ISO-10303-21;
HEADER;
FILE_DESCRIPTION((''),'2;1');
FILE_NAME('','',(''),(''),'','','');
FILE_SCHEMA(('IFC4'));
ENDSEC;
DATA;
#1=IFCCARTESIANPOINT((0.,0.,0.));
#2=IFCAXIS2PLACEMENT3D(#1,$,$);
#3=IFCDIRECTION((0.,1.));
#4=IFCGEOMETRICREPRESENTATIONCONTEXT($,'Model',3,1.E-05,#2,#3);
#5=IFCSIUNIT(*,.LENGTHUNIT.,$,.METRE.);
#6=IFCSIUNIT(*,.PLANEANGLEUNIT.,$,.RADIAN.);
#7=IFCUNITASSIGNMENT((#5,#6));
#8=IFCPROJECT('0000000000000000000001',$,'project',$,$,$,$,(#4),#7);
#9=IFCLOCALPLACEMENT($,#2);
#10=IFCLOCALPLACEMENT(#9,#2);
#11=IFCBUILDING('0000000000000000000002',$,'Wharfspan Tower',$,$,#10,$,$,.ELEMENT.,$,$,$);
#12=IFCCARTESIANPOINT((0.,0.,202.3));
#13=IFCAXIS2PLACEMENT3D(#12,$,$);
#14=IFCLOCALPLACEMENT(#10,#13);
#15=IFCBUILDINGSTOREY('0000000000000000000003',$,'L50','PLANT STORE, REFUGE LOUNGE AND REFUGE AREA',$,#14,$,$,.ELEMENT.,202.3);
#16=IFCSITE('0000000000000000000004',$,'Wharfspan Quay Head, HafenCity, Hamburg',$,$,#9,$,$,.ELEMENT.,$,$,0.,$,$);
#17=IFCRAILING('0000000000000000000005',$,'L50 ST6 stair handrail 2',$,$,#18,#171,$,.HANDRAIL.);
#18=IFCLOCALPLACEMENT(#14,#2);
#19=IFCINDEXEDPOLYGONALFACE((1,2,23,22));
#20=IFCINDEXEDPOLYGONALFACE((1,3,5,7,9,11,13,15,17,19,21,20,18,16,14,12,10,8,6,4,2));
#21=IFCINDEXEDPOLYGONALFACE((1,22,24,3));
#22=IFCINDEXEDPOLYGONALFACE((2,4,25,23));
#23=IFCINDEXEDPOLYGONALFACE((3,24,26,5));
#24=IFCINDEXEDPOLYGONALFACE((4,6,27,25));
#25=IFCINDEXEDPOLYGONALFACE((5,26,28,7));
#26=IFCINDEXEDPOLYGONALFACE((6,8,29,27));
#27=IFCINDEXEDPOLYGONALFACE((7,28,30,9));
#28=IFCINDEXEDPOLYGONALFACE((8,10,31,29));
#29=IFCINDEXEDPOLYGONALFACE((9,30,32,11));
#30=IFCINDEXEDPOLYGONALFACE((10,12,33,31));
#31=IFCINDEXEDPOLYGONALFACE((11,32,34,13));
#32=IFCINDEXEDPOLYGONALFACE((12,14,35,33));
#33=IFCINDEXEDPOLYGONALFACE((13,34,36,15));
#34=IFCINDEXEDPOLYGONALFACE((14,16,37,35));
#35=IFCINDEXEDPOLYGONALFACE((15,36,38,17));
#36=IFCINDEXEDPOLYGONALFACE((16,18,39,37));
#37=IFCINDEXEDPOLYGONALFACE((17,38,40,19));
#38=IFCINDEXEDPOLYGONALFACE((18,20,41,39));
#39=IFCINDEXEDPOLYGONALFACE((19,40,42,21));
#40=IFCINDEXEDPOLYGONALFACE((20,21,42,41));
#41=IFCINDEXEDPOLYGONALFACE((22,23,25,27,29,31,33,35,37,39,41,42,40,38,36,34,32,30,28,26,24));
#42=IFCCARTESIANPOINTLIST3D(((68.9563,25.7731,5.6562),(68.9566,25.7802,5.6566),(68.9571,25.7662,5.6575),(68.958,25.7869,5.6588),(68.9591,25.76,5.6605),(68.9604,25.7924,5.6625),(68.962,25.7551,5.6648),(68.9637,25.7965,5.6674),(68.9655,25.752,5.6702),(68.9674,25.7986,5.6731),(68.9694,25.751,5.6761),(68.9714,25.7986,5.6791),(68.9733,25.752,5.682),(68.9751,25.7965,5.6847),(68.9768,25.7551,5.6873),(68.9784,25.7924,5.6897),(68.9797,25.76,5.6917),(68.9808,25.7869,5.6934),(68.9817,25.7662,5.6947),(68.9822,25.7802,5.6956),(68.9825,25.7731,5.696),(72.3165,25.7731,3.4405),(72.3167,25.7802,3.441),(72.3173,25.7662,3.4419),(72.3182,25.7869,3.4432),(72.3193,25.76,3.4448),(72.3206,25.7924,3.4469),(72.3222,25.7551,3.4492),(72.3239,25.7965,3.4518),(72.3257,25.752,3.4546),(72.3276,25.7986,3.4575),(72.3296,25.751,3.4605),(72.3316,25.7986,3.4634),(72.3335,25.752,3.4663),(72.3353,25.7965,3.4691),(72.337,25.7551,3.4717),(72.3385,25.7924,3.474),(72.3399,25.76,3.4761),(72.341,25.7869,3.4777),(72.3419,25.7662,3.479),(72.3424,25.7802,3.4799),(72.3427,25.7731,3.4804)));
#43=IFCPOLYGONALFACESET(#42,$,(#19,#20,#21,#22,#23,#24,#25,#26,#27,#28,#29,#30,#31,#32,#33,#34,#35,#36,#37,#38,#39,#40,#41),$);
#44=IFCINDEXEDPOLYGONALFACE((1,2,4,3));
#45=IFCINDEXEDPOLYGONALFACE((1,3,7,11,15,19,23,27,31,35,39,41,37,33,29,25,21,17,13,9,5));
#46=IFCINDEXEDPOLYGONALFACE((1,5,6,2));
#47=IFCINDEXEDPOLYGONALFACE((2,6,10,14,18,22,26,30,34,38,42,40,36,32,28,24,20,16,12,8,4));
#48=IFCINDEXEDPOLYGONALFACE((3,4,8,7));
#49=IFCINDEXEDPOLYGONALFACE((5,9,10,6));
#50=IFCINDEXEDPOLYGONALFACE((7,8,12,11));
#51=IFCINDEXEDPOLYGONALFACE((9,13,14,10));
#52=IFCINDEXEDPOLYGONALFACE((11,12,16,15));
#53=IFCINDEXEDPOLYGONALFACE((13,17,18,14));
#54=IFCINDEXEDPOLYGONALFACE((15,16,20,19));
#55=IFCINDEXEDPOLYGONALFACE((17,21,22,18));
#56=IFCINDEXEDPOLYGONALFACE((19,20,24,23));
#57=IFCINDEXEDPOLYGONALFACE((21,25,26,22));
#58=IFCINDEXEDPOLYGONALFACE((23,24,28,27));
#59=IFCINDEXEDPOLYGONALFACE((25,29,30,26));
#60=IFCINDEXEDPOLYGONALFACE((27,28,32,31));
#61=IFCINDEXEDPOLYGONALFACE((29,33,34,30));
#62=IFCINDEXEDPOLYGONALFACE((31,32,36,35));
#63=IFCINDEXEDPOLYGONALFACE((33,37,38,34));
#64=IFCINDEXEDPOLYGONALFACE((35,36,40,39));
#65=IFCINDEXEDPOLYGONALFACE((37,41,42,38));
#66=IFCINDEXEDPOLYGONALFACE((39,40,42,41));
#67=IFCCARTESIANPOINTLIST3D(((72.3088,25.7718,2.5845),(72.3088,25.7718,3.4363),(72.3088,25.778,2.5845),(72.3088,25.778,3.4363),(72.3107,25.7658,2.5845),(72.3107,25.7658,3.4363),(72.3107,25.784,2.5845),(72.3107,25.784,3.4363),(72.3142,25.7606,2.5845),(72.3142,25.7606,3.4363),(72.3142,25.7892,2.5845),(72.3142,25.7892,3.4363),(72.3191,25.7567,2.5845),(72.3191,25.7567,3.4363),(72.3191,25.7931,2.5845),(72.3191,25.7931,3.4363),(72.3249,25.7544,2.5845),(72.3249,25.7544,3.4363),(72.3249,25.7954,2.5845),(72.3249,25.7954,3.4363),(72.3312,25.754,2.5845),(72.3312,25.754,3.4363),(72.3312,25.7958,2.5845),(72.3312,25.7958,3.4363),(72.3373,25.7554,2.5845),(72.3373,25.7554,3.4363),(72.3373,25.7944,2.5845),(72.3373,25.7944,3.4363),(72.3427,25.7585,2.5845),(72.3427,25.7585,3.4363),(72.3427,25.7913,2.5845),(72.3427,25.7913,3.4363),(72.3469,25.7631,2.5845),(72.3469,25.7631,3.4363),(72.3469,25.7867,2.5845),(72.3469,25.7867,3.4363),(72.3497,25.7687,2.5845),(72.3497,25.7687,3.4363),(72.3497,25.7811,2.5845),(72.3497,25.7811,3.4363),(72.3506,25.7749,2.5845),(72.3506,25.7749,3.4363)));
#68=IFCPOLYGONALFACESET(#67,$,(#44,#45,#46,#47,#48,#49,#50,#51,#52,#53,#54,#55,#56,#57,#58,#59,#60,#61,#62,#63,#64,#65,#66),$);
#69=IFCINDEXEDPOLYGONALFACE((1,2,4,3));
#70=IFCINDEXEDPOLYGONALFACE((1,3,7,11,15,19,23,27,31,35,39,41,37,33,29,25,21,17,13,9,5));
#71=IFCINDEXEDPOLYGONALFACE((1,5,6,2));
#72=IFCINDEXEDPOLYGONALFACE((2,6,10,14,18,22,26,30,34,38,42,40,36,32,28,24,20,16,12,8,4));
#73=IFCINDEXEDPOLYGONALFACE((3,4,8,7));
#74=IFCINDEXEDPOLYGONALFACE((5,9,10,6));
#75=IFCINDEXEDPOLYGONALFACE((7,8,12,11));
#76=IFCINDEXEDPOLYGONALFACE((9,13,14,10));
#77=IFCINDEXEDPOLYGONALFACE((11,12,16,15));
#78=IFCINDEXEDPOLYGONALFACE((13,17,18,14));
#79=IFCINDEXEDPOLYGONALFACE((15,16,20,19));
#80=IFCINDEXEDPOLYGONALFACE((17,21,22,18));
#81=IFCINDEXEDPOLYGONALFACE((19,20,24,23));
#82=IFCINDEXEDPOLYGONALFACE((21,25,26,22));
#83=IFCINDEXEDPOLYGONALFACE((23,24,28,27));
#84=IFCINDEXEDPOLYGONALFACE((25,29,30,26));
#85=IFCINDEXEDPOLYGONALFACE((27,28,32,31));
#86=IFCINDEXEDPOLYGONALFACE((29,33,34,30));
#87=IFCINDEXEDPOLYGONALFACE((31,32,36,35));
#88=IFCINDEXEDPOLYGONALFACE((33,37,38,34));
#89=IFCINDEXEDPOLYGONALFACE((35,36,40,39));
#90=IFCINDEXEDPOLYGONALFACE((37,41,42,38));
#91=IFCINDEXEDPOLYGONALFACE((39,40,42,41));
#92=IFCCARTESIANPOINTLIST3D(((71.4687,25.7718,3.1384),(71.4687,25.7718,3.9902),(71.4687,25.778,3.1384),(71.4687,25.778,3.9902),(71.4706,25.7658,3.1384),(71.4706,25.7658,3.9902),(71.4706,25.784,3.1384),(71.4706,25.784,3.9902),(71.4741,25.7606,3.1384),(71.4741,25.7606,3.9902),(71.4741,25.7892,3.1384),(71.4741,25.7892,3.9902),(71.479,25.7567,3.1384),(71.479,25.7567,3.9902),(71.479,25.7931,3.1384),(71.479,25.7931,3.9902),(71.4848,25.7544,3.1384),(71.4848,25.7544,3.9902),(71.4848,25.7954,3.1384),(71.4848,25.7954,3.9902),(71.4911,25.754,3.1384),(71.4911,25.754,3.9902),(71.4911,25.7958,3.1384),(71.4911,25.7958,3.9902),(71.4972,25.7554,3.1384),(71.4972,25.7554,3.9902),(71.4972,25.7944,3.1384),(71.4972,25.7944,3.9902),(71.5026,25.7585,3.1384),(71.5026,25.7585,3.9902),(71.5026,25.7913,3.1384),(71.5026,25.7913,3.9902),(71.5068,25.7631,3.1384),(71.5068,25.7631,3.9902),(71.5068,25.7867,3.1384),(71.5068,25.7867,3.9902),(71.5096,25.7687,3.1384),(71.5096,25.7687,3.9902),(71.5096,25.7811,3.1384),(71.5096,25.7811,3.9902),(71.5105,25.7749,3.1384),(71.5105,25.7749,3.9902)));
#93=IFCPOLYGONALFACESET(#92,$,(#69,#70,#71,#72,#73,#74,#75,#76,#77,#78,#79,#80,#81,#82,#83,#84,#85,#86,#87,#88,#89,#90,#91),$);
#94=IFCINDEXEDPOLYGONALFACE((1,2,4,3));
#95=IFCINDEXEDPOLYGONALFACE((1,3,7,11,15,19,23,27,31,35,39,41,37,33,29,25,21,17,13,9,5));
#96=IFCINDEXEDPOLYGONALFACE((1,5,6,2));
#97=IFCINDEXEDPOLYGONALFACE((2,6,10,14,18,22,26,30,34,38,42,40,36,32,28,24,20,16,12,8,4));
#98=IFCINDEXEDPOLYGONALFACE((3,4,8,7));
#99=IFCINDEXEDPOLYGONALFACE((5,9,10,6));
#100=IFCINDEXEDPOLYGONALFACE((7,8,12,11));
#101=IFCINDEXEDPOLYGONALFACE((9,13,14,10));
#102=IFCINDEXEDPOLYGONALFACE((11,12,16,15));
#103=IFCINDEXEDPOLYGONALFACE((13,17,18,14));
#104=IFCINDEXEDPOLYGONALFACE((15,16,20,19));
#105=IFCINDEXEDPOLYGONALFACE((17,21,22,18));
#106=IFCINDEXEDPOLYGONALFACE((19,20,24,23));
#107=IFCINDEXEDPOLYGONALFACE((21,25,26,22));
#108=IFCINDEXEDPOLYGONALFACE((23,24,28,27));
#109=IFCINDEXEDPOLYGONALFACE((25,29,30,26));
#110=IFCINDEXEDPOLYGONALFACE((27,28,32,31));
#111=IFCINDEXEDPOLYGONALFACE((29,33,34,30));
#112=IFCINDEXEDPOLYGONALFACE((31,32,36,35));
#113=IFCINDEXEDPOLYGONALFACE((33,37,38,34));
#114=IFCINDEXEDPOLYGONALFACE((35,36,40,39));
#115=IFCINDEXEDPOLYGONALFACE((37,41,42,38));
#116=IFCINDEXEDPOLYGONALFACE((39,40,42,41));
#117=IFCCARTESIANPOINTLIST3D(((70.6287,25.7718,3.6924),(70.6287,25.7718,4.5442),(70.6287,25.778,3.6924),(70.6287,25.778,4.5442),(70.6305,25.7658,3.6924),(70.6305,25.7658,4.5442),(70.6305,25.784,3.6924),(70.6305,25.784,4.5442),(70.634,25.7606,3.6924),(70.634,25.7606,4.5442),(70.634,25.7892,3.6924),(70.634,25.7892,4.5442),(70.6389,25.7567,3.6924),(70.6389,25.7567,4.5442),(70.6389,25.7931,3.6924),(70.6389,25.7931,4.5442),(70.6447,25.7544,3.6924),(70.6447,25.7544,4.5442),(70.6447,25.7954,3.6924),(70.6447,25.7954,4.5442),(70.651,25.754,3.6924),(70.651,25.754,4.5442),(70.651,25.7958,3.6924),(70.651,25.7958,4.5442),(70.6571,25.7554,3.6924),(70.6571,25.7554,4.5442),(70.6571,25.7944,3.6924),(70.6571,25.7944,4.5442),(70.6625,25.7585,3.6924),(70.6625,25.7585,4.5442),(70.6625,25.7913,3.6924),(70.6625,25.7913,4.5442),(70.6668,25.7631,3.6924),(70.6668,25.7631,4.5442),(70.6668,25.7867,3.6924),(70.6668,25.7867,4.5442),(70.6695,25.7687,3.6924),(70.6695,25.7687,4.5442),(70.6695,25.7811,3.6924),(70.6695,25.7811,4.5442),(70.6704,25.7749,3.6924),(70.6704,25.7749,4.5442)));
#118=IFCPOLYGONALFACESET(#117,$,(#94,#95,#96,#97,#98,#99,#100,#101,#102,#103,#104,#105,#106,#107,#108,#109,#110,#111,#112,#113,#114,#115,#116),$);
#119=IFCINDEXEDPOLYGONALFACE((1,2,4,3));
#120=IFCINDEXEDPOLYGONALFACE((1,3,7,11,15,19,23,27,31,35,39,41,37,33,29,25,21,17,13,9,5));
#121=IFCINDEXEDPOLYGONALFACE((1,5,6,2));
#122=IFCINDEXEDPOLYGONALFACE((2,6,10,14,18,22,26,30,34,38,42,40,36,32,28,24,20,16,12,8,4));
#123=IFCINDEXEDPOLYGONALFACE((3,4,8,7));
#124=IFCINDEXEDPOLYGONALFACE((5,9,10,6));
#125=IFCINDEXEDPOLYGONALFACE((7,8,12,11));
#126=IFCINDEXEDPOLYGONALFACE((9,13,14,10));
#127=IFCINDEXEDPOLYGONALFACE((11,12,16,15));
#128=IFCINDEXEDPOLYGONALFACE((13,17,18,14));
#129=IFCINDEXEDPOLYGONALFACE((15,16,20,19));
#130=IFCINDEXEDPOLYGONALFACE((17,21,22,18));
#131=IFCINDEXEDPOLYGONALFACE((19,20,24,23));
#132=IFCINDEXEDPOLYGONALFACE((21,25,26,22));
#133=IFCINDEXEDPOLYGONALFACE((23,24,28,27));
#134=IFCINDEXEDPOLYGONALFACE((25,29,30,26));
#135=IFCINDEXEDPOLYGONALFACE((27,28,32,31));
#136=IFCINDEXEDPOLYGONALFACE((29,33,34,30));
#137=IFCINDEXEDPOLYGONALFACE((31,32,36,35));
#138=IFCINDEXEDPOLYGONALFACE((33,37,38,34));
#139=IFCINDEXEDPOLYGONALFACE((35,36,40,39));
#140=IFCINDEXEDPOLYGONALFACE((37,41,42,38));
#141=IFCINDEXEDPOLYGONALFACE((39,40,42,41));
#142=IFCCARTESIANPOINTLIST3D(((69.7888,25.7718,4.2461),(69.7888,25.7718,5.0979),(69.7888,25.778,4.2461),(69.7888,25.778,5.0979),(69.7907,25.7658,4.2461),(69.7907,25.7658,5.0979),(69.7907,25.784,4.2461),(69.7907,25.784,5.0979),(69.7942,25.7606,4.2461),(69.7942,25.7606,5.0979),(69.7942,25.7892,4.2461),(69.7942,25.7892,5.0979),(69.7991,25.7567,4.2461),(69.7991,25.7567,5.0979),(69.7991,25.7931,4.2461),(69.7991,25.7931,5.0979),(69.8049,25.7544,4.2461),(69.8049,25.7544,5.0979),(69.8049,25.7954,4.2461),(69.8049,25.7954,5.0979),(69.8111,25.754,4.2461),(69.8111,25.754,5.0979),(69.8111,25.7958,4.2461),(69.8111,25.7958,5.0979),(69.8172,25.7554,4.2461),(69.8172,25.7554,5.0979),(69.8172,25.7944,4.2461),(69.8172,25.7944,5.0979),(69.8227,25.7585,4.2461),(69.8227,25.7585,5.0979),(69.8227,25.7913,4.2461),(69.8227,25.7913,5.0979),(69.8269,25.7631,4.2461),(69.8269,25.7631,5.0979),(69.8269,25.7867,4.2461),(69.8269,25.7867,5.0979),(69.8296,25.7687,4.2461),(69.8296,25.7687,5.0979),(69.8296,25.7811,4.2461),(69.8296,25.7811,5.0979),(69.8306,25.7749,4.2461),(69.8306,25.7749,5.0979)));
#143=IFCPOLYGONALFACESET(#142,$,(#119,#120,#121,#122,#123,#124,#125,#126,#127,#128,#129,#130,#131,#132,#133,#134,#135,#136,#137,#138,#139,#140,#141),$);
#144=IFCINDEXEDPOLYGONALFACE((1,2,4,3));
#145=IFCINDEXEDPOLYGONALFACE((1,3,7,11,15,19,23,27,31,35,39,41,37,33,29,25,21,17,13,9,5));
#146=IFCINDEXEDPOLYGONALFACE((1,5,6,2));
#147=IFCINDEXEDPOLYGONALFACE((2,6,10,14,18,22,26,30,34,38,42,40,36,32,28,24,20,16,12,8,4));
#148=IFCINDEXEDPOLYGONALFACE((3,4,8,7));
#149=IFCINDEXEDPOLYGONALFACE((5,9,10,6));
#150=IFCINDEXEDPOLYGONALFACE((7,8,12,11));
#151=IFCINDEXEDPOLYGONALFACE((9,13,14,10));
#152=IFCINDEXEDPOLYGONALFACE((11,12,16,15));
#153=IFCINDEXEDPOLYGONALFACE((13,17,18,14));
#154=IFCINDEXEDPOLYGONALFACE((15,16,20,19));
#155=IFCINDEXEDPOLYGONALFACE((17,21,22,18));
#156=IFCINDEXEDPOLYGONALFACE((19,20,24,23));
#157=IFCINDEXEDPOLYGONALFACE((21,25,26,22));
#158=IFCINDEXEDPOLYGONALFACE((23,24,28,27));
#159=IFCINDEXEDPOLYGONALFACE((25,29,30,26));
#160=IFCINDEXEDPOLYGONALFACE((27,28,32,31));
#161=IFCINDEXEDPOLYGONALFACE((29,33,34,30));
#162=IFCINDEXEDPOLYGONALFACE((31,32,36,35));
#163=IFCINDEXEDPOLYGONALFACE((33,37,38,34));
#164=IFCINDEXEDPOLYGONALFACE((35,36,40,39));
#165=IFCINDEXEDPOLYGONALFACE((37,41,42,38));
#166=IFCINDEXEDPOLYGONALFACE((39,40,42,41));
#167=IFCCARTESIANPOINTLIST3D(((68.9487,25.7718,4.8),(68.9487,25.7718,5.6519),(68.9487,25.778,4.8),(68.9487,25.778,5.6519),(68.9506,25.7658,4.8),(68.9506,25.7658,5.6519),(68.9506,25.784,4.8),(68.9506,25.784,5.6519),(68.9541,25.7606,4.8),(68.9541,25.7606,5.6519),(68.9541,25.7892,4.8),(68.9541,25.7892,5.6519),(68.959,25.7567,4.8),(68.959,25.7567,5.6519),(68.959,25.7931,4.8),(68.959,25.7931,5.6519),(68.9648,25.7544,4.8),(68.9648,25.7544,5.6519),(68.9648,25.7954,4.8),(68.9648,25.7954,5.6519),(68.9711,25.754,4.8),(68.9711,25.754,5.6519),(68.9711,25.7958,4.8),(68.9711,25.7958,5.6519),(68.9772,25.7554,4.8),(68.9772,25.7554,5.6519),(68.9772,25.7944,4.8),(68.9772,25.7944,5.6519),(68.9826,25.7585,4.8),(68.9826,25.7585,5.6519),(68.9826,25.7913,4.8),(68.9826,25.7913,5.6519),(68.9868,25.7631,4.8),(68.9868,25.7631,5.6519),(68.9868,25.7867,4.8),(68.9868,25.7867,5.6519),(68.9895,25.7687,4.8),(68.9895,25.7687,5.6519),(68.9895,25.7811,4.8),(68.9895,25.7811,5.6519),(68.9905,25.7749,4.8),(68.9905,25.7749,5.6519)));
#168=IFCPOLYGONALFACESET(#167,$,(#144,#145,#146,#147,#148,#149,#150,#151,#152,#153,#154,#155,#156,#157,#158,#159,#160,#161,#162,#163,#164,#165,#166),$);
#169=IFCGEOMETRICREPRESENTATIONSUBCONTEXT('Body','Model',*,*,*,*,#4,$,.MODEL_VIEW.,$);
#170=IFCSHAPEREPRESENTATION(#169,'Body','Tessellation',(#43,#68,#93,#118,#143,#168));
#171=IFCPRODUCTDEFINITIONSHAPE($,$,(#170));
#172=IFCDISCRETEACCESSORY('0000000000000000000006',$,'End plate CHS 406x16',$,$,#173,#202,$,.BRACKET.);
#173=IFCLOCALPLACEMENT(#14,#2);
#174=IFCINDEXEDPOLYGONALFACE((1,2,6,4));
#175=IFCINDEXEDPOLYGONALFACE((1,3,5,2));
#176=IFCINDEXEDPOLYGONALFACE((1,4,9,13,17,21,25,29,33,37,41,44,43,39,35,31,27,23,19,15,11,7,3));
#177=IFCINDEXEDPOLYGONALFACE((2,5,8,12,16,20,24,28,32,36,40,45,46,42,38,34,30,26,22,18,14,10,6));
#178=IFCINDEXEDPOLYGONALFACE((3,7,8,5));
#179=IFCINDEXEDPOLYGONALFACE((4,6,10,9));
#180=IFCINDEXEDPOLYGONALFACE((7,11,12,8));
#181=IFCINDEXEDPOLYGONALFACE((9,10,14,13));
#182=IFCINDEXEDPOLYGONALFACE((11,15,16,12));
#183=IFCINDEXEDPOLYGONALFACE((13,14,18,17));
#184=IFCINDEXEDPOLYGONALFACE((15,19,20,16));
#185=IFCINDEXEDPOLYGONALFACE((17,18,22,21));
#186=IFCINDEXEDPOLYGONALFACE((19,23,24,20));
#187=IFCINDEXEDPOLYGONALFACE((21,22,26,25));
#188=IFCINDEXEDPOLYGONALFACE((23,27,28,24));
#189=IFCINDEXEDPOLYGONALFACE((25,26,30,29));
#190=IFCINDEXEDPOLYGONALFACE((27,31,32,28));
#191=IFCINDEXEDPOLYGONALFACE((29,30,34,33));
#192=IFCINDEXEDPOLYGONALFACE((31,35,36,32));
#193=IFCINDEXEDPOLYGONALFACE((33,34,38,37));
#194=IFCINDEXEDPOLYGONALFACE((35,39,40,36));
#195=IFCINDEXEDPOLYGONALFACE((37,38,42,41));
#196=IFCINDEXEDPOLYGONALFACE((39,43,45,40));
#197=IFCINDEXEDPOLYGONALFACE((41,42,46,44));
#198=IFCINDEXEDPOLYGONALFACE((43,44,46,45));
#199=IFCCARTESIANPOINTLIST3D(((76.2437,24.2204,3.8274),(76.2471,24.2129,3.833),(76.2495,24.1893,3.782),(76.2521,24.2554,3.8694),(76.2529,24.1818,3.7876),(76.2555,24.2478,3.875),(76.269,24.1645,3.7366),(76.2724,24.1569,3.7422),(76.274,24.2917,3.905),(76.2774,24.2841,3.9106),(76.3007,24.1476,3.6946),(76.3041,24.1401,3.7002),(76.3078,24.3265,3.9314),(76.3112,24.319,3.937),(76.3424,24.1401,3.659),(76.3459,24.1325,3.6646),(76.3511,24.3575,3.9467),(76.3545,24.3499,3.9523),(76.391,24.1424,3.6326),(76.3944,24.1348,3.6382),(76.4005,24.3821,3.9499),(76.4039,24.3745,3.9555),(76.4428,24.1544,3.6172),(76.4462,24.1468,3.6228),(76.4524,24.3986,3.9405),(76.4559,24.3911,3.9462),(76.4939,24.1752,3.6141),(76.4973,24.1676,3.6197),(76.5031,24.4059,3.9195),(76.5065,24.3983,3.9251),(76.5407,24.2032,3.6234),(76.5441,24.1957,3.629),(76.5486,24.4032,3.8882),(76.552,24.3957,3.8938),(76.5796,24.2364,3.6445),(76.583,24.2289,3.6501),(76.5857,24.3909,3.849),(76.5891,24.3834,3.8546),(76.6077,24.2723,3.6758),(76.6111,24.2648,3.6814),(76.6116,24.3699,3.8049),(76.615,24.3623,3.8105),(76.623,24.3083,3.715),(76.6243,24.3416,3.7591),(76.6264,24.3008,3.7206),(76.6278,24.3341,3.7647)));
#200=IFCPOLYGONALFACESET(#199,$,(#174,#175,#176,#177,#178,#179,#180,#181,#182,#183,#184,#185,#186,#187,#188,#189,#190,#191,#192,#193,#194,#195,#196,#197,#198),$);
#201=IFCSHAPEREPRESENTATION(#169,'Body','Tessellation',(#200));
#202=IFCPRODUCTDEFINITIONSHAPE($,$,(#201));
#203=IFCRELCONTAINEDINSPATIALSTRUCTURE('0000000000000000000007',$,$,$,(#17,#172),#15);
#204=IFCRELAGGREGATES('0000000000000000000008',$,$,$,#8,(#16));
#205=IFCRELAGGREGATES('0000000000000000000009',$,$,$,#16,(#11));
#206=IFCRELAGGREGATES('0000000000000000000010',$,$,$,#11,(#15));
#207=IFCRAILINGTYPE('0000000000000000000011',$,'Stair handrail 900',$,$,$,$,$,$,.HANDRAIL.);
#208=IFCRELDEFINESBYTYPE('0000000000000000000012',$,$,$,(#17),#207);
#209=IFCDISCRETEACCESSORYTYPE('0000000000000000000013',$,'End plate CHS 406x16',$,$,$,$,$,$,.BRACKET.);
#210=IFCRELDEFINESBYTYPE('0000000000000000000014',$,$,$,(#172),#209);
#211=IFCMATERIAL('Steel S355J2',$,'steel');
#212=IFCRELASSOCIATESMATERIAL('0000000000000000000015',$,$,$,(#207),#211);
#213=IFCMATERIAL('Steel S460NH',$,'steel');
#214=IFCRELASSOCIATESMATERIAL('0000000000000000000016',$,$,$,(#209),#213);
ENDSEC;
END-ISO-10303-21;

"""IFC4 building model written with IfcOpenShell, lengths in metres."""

from ifc_helpers import new_model, si_unit, direction, frame, origin, origin_2d, place, context, subcontext, project, spatial, circle, extrude, material, material_profile, profile_set, type_object, element, save


model = new_model("IFC4")

# Units and contexts
model_context = context("Model", 3, precision=1e-05, world=origin(), true_north=direction((0.0, 1.0)))
body_context = subcontext(model_context, "Body", "Model", "MODEL_VIEW")
ifc_project = project(units=[si_unit("LENGTHUNIT", "METRE"), si_unit("PLANEANGLEUNIT", "RADIAN")], contexts=[model_context])

# Site, building, storey
site_placement = place(None, origin())
site = spatial("IfcSite", under=ifc_project, at=site_placement, Name="Wharfspan Quay Head, HafenCity, Hamburg", CompositionType="ELEMENT", RefElevation=0.0)
building_placement = place(site_placement, origin())
building = spatial("IfcBuilding", under=site, at=building_placement, Name="Wharfspan Tower", CompositionType="ELEMENT")
storey_placement = place(building_placement, frame((0.0, 0.0, 202.3)))
storey = spatial("IfcBuildingStorey", under=building, at=storey_placement, Name="L50", Description="PLANT STORE, REFUGE LOUNGE AND REFUGE AREA", CompositionType="ELEMENT", Elevation=202.3)

# Shared definitions
ifc_material_1 = material(Name="Steel S355J2", Category="steel")

# Shared definitions
ifc_material_2 = material(Name="Steel S460NH", Category="steel")

# Railing
railing_type_1 = type_object("IfcRailingType", Name="Stair handrail 900", PredefinedType="HANDRAIL", material=ifc_material_1)
railing_1_placement = place(storey_placement, frame((72.3296, 25.7749, 2.5845)))
element("IfcRailing", 1, at=railing_1_placement, inside=storey, type_object=railing_type_1, Name="L50 ST6 stair handrail 2", PredefinedType="HANDRAIL", context=body_context, shape_type="SweptSolid", body=[
    extrude(circle(Radius=0.0239, at=origin_2d()), frame((0.0, 0.0, 0.876), z_axis=(-0.834849, 0.0, 0.55048), x_axis=(0.0, -1.0, 0.0)), (0.0, 0.0, 1.0), 4.0249),
    extrude(circle(Radius=0.021, at=origin_2d()), origin(), (0.0, 0.0, 1.0), 0.8518),
    extrude(circle(Radius=0.021, at=origin_2d()), frame((-0.8401, 0.0, 0.554)), (0.0, 0.0, 1.0), 0.8518),
    extrude(circle(Radius=0.021, at=origin_2d()), frame((-1.6802, 0.0, 1.1079)), (0.0, 0.0, 1.0), 0.8518),
    extrude(circle(Radius=0.021, at=origin_2d()), frame((-2.52, 0.0, 1.6616)), (0.0, 0.0, 1.0), 0.8518),
    extrude(circle(Radius=0.021, at=origin_2d()), frame((-3.3601, 0.0, 2.2156)), (0.0, 0.0, 1.0), 0.8518),
])

# Discrete accessory
ifc_material_profile_1 = material_profile(ifc_material_2, circle(Radius=0.2031, at=origin_2d()))
ifc_profile_set_1 = profile_set([ifc_material_profile_1], Name="Steel S460NH")
discrete_accessory_type_1 = type_object("IfcDiscreteAccessoryType", Name="End plate CHS 406x16", PredefinedType="BRACKET", material=ifc_profile_set_1)
for number, where, z_axis, x_axis, name in (
    (2, (76.438, 24.2654, 3.7876), (-0.340957, 0.754976, -0.560143), (-0.911372, -0.411586, 0.000002), "End plate CHS 406x16"),
):
    element("IfcDiscreteAccessory", number, at=place(storey_placement, frame(where, z_axis=z_axis, x_axis=x_axis)), inside=storey, type_object=discrete_accessory_type_1, Name=name, PredefinedType="BRACKET", context=body_context, shape_type="SweptSolid", body=[
        extrude(circle(Radius=0.2031, at=origin_2d()), origin(), (0.0, 0.0, 1.0), 0.01),
    ])

save(model, "model.ifc")
